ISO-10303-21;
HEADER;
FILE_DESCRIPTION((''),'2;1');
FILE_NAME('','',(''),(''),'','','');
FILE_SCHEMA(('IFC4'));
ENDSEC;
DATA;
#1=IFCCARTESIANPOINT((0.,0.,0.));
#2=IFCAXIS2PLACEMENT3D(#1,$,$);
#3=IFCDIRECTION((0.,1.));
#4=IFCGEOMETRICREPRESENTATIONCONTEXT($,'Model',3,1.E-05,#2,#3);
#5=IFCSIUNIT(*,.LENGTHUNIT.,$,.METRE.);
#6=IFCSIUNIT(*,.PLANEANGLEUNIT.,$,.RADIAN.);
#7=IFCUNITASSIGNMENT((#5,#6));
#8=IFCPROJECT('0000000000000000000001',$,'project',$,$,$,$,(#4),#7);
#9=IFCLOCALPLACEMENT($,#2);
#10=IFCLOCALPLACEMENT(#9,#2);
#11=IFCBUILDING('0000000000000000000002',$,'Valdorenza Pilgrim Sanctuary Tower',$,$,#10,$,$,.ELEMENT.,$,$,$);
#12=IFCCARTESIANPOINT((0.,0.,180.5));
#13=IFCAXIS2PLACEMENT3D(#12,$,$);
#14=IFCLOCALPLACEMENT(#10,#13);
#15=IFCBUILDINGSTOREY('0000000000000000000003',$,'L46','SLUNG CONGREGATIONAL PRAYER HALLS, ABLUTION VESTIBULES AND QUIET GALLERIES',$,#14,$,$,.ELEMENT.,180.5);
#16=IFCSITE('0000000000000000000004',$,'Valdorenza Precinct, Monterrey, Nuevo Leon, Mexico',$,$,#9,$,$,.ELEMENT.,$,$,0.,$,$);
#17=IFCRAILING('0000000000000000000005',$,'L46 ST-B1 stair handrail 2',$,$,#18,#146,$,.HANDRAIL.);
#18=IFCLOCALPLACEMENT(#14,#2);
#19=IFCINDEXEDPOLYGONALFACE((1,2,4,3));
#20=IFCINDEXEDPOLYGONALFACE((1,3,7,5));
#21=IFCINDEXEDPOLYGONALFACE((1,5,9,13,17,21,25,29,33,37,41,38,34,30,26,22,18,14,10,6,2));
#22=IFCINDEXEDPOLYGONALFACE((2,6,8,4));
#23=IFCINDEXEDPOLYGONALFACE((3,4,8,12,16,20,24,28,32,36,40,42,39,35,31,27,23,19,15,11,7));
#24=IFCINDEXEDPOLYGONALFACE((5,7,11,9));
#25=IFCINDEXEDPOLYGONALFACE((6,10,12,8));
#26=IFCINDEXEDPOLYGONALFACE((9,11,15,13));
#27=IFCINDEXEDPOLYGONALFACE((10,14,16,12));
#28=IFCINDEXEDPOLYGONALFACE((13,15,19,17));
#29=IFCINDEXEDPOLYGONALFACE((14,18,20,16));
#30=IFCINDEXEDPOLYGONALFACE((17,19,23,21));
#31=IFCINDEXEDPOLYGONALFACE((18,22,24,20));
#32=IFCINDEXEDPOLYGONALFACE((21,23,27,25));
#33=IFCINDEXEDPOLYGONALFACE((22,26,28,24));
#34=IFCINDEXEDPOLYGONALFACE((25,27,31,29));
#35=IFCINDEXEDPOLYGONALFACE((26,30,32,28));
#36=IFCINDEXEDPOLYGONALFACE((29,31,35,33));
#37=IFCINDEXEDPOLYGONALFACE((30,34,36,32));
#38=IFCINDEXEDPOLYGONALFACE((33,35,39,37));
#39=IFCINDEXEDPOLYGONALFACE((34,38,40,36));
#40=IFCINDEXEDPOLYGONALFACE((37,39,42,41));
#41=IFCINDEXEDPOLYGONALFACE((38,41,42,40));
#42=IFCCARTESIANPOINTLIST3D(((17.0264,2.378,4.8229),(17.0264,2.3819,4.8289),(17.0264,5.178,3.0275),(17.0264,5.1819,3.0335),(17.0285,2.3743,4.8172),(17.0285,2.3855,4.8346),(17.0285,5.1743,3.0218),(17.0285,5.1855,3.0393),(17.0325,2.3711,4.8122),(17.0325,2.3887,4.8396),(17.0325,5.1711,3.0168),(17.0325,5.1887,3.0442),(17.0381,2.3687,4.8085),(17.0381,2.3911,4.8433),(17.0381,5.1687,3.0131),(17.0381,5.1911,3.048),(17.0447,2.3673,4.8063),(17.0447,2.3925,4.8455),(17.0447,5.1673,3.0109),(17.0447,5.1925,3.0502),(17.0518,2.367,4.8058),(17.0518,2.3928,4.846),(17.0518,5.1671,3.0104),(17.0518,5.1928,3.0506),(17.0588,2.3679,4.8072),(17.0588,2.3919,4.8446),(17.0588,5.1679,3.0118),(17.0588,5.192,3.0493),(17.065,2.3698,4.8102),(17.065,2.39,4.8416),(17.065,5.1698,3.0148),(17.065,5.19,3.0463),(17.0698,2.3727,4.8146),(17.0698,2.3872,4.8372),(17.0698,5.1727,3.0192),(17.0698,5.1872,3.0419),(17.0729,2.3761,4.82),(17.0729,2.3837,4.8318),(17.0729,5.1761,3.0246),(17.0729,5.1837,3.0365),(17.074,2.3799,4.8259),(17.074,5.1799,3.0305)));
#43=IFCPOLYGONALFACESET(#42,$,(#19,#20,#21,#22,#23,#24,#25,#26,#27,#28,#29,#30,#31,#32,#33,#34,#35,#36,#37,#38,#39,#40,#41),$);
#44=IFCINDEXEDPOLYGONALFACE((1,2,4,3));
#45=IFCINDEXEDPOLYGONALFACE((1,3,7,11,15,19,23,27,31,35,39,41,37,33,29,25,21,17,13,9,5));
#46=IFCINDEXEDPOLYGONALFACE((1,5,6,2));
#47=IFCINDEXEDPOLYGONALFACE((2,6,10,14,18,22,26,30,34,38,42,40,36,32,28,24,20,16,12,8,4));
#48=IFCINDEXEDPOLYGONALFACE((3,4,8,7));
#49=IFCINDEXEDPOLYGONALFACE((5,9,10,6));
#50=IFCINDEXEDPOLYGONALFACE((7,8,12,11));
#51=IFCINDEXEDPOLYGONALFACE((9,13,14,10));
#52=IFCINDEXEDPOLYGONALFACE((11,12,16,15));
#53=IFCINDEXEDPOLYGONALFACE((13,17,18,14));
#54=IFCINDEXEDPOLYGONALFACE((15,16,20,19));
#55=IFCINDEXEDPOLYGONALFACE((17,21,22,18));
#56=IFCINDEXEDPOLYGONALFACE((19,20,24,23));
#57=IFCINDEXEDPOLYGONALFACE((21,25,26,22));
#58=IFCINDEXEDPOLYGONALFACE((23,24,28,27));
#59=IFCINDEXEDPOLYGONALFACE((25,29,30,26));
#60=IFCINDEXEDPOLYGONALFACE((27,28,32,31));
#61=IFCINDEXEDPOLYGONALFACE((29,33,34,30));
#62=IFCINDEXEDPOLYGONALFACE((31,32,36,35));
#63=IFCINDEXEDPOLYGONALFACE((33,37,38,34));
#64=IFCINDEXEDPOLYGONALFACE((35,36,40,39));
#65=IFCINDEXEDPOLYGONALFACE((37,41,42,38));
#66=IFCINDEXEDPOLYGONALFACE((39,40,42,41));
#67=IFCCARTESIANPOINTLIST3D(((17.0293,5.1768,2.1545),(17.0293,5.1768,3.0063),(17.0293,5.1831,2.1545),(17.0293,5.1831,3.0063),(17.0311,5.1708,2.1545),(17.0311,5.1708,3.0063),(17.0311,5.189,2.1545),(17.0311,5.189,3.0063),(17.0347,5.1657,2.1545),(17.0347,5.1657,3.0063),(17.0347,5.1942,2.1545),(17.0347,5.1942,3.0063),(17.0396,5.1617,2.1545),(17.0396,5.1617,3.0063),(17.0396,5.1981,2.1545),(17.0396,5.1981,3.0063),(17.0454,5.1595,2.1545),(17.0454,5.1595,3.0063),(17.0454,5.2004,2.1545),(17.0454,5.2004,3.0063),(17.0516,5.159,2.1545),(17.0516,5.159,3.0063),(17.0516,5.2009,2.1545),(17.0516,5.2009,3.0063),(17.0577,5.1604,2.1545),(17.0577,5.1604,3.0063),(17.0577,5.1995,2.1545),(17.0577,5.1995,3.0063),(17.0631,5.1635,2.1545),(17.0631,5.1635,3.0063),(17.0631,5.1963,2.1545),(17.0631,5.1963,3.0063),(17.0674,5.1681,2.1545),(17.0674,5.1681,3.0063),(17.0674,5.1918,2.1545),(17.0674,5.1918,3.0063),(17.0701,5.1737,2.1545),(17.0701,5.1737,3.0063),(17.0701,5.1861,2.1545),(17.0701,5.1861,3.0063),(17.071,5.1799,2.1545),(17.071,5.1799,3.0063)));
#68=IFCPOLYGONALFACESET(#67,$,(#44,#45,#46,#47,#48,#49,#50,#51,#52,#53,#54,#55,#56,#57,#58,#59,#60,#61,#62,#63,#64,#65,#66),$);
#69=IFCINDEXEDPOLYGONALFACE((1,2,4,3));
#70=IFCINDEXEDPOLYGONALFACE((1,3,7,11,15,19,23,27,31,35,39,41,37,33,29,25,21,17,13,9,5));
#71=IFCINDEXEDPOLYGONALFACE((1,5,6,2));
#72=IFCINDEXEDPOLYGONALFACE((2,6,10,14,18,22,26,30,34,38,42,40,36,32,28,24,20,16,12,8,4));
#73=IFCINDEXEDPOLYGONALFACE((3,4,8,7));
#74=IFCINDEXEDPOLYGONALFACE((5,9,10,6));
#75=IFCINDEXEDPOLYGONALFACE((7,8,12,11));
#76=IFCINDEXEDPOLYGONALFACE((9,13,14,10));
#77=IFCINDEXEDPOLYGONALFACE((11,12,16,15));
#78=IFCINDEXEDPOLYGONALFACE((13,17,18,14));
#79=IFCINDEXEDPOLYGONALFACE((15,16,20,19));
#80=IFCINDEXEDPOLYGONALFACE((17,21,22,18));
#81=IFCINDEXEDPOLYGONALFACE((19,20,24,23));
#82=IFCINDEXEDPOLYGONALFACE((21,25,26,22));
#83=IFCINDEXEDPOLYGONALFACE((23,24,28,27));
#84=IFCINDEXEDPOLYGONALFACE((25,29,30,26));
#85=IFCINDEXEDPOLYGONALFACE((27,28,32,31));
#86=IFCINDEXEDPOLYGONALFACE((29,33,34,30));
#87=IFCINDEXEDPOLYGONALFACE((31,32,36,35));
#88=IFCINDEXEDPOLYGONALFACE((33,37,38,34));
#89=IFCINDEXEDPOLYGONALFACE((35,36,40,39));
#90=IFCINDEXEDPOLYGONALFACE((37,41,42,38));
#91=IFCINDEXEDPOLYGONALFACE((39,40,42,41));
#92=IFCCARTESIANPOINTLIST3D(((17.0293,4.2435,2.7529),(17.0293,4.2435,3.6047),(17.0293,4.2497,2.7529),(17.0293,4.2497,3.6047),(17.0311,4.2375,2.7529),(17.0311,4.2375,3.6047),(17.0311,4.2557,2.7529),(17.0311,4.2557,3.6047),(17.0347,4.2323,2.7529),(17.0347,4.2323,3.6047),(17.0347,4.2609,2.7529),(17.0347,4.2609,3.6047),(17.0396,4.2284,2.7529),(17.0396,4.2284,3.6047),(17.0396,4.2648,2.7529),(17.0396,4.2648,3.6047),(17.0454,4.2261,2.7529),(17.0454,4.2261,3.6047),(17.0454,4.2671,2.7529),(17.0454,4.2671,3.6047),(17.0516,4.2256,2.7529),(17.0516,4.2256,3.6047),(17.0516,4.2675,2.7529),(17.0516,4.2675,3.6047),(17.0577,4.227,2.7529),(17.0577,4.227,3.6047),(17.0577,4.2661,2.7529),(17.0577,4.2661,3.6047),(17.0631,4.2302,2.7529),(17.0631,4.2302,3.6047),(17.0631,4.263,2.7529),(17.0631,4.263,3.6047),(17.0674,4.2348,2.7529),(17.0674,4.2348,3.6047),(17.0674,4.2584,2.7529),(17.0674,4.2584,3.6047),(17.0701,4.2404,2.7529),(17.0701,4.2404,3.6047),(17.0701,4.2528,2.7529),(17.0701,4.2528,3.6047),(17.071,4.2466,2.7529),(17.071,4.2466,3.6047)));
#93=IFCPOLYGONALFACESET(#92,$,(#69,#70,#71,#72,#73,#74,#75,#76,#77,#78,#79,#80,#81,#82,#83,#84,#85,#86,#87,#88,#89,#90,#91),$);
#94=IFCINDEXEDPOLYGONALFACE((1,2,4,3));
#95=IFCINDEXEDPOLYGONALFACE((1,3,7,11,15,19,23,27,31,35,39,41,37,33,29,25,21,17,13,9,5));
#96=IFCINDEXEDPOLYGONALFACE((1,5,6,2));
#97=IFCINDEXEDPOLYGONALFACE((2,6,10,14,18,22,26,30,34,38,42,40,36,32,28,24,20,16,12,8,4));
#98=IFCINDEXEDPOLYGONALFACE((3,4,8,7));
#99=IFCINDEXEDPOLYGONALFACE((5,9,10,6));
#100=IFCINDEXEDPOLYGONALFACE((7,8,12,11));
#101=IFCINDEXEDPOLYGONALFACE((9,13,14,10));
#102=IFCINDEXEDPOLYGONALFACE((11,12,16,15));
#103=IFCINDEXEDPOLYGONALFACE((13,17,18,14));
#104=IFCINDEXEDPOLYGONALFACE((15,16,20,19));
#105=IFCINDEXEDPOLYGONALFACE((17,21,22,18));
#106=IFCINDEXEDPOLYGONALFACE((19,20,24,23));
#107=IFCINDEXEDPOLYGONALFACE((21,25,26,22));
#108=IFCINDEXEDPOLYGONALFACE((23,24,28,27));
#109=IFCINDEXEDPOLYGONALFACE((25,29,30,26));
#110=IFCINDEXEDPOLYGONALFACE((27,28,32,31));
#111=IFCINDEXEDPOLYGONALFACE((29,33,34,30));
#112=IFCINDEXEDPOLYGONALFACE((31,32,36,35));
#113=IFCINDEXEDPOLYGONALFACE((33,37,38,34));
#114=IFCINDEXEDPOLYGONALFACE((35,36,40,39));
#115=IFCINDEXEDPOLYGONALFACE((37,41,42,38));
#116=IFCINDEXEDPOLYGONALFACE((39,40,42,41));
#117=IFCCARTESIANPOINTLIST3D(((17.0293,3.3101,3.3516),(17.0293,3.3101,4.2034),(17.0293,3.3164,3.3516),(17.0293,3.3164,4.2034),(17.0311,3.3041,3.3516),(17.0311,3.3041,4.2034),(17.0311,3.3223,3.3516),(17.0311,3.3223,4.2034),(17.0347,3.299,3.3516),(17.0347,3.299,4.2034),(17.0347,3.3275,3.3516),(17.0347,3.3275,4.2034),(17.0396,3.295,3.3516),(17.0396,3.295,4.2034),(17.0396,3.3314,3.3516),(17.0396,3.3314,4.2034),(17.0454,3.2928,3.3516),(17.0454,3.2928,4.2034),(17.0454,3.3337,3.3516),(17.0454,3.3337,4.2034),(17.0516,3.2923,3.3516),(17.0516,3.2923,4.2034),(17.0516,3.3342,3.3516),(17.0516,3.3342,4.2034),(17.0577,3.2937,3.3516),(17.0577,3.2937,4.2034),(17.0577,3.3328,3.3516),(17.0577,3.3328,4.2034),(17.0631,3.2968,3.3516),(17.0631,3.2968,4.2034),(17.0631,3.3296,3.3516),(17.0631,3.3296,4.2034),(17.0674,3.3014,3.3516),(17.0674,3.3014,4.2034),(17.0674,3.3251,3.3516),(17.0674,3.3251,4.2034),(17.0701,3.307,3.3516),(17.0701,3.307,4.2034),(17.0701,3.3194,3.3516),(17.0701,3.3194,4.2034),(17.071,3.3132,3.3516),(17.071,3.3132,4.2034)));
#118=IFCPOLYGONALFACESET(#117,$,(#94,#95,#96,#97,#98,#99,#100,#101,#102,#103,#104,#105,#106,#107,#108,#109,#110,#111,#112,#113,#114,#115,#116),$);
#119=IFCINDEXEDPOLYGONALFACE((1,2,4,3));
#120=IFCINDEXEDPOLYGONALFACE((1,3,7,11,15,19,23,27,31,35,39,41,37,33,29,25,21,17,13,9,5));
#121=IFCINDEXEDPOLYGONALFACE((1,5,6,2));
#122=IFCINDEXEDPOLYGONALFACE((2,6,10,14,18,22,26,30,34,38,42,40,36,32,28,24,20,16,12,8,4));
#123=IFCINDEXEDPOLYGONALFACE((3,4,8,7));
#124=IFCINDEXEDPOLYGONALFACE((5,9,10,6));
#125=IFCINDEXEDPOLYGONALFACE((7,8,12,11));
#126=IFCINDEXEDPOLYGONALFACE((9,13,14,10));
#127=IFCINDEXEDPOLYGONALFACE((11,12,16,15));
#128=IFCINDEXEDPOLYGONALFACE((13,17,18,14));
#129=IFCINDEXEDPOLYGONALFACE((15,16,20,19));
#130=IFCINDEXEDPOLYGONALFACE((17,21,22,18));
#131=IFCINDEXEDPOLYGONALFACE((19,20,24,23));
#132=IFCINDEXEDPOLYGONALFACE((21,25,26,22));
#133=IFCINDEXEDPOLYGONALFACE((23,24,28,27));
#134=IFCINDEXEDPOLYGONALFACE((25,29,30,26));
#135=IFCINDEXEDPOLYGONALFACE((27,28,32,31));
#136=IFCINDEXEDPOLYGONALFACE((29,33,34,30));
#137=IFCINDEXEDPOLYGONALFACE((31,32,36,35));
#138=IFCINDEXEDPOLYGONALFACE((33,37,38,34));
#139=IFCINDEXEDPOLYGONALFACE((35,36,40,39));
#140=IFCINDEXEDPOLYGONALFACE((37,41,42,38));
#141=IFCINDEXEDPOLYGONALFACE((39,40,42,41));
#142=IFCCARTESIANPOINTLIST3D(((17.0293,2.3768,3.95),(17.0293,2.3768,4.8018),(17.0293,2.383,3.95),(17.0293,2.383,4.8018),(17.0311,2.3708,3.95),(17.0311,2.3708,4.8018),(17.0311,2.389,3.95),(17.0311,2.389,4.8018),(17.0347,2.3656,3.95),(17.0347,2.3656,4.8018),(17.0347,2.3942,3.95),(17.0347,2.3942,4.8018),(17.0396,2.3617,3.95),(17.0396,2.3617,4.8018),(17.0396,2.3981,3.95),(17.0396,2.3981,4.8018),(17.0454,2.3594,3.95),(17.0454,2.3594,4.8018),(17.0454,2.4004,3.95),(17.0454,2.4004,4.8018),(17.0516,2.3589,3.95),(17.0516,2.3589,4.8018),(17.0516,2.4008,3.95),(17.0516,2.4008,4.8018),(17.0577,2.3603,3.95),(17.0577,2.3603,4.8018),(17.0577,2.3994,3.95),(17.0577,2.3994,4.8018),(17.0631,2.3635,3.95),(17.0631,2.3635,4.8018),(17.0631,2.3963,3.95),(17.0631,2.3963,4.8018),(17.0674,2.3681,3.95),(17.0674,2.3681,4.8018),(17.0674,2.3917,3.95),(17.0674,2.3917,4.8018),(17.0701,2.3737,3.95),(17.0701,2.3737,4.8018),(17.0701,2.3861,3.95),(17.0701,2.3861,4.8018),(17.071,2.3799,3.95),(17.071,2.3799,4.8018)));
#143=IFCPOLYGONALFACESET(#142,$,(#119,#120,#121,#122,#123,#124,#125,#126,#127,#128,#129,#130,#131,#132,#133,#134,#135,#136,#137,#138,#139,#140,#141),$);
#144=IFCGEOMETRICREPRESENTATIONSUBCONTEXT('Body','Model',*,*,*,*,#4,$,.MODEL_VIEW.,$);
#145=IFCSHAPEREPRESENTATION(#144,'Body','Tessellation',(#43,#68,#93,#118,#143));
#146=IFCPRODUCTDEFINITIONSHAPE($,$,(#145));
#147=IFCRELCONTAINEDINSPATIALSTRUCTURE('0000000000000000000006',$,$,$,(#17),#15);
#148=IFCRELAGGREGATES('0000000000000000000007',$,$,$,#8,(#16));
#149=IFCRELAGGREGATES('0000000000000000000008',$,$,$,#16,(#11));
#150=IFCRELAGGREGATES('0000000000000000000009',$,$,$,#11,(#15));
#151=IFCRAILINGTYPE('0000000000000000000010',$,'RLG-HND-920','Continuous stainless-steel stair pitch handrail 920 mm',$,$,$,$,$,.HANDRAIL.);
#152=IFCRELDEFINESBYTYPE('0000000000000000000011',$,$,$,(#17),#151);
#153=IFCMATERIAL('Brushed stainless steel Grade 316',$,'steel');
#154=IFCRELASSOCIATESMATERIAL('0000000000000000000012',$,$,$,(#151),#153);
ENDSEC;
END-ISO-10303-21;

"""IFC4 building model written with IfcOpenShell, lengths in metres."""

from ifc_helpers import new_model, si_unit, direction, frame, origin, origin_2d, place, context, subcontext, project, spatial, circle, extrude, material, type_object, element, save


model = new_model("IFC4")

# Units and contexts
model_context = context("Model", 3, precision=1e-05, world=origin(), true_north=direction((0.0, 1.0)))
body_context = subcontext(model_context, "Body", "Model", "MODEL_VIEW")
ifc_project = project(units=[si_unit("LENGTHUNIT", "METRE"), si_unit("PLANEANGLEUNIT", "RADIAN")], contexts=[model_context])

# Site, building, storey
site_placement = place(None, origin())
site = spatial("IfcSite", under=ifc_project, at=site_placement, Name="Valdorenza Precinct, Monterrey, Nuevo Leon, Mexico", CompositionType="ELEMENT", RefElevation=0.0)
building_placement = place(site_placement, origin())
building = spatial("IfcBuilding", under=site, at=building_placement, Name="Valdorenza Pilgrim Sanctuary Tower", CompositionType="ELEMENT")
storey_placement = place(building_placement, frame((0.0, 0.0, 180.5)))
storey = spatial("IfcBuildingStorey", under=building, at=storey_placement, Name="L46", Description="SLUNG CONGREGATIONAL PRAYER HALLS, ABLUTION VESTIBULES AND QUIET GALLERIES", CompositionType="ELEMENT", Elevation=180.5)

# Shared definitions
ifc_material_1 = material(Name="Brushed stainless steel Grade 316", Category="steel")

# Railing
railing_type_1 = type_object("IfcRailingType", Name="RLG-HND-920", Description="Continuous stainless-steel stair pitch handrail 920 mm", PredefinedType="HANDRAIL", material=ifc_material_1)
railing_1_placement = place(storey_placement, frame((17.05, 5.1799, 2.1545)))
element("IfcRailing", 1, at=railing_1_placement, inside=storey, type_object=railing_type_1, Name="L46 ST-B1 stair handrail 2", PredefinedType="HANDRAIL", context=body_context, shape_type="SweptSolid", body=[
    extrude(circle(Radius=0.0239, at=origin_2d()), frame((0.0, 0.0, 0.876), z_axis=(0.0, -0.84181, 0.539774), x_axis=(1.0, 0.0, 0.0)), (0.0, 0.0, 1.0), 3.3262),
    extrude(circle(Radius=0.021, at=origin_2d()), origin(), (0.0, 0.0, 1.0), 0.8518),
    extrude(circle(Radius=0.021, at=origin_2d()), frame((0.0, -0.9333, 0.5984)), (0.0, 0.0, 1.0), 0.8518),
    extrude(circle(Radius=0.021, at=origin_2d()), frame((0.0, -1.8667, 1.197)), (0.0, 0.0, 1.0), 0.8518),
    extrude(circle(Radius=0.021, at=origin_2d()), frame((0.0, -2.8, 1.7954)), (0.0, 0.0, 1.0), 0.8518),
])

save(model, "model.ifc")
